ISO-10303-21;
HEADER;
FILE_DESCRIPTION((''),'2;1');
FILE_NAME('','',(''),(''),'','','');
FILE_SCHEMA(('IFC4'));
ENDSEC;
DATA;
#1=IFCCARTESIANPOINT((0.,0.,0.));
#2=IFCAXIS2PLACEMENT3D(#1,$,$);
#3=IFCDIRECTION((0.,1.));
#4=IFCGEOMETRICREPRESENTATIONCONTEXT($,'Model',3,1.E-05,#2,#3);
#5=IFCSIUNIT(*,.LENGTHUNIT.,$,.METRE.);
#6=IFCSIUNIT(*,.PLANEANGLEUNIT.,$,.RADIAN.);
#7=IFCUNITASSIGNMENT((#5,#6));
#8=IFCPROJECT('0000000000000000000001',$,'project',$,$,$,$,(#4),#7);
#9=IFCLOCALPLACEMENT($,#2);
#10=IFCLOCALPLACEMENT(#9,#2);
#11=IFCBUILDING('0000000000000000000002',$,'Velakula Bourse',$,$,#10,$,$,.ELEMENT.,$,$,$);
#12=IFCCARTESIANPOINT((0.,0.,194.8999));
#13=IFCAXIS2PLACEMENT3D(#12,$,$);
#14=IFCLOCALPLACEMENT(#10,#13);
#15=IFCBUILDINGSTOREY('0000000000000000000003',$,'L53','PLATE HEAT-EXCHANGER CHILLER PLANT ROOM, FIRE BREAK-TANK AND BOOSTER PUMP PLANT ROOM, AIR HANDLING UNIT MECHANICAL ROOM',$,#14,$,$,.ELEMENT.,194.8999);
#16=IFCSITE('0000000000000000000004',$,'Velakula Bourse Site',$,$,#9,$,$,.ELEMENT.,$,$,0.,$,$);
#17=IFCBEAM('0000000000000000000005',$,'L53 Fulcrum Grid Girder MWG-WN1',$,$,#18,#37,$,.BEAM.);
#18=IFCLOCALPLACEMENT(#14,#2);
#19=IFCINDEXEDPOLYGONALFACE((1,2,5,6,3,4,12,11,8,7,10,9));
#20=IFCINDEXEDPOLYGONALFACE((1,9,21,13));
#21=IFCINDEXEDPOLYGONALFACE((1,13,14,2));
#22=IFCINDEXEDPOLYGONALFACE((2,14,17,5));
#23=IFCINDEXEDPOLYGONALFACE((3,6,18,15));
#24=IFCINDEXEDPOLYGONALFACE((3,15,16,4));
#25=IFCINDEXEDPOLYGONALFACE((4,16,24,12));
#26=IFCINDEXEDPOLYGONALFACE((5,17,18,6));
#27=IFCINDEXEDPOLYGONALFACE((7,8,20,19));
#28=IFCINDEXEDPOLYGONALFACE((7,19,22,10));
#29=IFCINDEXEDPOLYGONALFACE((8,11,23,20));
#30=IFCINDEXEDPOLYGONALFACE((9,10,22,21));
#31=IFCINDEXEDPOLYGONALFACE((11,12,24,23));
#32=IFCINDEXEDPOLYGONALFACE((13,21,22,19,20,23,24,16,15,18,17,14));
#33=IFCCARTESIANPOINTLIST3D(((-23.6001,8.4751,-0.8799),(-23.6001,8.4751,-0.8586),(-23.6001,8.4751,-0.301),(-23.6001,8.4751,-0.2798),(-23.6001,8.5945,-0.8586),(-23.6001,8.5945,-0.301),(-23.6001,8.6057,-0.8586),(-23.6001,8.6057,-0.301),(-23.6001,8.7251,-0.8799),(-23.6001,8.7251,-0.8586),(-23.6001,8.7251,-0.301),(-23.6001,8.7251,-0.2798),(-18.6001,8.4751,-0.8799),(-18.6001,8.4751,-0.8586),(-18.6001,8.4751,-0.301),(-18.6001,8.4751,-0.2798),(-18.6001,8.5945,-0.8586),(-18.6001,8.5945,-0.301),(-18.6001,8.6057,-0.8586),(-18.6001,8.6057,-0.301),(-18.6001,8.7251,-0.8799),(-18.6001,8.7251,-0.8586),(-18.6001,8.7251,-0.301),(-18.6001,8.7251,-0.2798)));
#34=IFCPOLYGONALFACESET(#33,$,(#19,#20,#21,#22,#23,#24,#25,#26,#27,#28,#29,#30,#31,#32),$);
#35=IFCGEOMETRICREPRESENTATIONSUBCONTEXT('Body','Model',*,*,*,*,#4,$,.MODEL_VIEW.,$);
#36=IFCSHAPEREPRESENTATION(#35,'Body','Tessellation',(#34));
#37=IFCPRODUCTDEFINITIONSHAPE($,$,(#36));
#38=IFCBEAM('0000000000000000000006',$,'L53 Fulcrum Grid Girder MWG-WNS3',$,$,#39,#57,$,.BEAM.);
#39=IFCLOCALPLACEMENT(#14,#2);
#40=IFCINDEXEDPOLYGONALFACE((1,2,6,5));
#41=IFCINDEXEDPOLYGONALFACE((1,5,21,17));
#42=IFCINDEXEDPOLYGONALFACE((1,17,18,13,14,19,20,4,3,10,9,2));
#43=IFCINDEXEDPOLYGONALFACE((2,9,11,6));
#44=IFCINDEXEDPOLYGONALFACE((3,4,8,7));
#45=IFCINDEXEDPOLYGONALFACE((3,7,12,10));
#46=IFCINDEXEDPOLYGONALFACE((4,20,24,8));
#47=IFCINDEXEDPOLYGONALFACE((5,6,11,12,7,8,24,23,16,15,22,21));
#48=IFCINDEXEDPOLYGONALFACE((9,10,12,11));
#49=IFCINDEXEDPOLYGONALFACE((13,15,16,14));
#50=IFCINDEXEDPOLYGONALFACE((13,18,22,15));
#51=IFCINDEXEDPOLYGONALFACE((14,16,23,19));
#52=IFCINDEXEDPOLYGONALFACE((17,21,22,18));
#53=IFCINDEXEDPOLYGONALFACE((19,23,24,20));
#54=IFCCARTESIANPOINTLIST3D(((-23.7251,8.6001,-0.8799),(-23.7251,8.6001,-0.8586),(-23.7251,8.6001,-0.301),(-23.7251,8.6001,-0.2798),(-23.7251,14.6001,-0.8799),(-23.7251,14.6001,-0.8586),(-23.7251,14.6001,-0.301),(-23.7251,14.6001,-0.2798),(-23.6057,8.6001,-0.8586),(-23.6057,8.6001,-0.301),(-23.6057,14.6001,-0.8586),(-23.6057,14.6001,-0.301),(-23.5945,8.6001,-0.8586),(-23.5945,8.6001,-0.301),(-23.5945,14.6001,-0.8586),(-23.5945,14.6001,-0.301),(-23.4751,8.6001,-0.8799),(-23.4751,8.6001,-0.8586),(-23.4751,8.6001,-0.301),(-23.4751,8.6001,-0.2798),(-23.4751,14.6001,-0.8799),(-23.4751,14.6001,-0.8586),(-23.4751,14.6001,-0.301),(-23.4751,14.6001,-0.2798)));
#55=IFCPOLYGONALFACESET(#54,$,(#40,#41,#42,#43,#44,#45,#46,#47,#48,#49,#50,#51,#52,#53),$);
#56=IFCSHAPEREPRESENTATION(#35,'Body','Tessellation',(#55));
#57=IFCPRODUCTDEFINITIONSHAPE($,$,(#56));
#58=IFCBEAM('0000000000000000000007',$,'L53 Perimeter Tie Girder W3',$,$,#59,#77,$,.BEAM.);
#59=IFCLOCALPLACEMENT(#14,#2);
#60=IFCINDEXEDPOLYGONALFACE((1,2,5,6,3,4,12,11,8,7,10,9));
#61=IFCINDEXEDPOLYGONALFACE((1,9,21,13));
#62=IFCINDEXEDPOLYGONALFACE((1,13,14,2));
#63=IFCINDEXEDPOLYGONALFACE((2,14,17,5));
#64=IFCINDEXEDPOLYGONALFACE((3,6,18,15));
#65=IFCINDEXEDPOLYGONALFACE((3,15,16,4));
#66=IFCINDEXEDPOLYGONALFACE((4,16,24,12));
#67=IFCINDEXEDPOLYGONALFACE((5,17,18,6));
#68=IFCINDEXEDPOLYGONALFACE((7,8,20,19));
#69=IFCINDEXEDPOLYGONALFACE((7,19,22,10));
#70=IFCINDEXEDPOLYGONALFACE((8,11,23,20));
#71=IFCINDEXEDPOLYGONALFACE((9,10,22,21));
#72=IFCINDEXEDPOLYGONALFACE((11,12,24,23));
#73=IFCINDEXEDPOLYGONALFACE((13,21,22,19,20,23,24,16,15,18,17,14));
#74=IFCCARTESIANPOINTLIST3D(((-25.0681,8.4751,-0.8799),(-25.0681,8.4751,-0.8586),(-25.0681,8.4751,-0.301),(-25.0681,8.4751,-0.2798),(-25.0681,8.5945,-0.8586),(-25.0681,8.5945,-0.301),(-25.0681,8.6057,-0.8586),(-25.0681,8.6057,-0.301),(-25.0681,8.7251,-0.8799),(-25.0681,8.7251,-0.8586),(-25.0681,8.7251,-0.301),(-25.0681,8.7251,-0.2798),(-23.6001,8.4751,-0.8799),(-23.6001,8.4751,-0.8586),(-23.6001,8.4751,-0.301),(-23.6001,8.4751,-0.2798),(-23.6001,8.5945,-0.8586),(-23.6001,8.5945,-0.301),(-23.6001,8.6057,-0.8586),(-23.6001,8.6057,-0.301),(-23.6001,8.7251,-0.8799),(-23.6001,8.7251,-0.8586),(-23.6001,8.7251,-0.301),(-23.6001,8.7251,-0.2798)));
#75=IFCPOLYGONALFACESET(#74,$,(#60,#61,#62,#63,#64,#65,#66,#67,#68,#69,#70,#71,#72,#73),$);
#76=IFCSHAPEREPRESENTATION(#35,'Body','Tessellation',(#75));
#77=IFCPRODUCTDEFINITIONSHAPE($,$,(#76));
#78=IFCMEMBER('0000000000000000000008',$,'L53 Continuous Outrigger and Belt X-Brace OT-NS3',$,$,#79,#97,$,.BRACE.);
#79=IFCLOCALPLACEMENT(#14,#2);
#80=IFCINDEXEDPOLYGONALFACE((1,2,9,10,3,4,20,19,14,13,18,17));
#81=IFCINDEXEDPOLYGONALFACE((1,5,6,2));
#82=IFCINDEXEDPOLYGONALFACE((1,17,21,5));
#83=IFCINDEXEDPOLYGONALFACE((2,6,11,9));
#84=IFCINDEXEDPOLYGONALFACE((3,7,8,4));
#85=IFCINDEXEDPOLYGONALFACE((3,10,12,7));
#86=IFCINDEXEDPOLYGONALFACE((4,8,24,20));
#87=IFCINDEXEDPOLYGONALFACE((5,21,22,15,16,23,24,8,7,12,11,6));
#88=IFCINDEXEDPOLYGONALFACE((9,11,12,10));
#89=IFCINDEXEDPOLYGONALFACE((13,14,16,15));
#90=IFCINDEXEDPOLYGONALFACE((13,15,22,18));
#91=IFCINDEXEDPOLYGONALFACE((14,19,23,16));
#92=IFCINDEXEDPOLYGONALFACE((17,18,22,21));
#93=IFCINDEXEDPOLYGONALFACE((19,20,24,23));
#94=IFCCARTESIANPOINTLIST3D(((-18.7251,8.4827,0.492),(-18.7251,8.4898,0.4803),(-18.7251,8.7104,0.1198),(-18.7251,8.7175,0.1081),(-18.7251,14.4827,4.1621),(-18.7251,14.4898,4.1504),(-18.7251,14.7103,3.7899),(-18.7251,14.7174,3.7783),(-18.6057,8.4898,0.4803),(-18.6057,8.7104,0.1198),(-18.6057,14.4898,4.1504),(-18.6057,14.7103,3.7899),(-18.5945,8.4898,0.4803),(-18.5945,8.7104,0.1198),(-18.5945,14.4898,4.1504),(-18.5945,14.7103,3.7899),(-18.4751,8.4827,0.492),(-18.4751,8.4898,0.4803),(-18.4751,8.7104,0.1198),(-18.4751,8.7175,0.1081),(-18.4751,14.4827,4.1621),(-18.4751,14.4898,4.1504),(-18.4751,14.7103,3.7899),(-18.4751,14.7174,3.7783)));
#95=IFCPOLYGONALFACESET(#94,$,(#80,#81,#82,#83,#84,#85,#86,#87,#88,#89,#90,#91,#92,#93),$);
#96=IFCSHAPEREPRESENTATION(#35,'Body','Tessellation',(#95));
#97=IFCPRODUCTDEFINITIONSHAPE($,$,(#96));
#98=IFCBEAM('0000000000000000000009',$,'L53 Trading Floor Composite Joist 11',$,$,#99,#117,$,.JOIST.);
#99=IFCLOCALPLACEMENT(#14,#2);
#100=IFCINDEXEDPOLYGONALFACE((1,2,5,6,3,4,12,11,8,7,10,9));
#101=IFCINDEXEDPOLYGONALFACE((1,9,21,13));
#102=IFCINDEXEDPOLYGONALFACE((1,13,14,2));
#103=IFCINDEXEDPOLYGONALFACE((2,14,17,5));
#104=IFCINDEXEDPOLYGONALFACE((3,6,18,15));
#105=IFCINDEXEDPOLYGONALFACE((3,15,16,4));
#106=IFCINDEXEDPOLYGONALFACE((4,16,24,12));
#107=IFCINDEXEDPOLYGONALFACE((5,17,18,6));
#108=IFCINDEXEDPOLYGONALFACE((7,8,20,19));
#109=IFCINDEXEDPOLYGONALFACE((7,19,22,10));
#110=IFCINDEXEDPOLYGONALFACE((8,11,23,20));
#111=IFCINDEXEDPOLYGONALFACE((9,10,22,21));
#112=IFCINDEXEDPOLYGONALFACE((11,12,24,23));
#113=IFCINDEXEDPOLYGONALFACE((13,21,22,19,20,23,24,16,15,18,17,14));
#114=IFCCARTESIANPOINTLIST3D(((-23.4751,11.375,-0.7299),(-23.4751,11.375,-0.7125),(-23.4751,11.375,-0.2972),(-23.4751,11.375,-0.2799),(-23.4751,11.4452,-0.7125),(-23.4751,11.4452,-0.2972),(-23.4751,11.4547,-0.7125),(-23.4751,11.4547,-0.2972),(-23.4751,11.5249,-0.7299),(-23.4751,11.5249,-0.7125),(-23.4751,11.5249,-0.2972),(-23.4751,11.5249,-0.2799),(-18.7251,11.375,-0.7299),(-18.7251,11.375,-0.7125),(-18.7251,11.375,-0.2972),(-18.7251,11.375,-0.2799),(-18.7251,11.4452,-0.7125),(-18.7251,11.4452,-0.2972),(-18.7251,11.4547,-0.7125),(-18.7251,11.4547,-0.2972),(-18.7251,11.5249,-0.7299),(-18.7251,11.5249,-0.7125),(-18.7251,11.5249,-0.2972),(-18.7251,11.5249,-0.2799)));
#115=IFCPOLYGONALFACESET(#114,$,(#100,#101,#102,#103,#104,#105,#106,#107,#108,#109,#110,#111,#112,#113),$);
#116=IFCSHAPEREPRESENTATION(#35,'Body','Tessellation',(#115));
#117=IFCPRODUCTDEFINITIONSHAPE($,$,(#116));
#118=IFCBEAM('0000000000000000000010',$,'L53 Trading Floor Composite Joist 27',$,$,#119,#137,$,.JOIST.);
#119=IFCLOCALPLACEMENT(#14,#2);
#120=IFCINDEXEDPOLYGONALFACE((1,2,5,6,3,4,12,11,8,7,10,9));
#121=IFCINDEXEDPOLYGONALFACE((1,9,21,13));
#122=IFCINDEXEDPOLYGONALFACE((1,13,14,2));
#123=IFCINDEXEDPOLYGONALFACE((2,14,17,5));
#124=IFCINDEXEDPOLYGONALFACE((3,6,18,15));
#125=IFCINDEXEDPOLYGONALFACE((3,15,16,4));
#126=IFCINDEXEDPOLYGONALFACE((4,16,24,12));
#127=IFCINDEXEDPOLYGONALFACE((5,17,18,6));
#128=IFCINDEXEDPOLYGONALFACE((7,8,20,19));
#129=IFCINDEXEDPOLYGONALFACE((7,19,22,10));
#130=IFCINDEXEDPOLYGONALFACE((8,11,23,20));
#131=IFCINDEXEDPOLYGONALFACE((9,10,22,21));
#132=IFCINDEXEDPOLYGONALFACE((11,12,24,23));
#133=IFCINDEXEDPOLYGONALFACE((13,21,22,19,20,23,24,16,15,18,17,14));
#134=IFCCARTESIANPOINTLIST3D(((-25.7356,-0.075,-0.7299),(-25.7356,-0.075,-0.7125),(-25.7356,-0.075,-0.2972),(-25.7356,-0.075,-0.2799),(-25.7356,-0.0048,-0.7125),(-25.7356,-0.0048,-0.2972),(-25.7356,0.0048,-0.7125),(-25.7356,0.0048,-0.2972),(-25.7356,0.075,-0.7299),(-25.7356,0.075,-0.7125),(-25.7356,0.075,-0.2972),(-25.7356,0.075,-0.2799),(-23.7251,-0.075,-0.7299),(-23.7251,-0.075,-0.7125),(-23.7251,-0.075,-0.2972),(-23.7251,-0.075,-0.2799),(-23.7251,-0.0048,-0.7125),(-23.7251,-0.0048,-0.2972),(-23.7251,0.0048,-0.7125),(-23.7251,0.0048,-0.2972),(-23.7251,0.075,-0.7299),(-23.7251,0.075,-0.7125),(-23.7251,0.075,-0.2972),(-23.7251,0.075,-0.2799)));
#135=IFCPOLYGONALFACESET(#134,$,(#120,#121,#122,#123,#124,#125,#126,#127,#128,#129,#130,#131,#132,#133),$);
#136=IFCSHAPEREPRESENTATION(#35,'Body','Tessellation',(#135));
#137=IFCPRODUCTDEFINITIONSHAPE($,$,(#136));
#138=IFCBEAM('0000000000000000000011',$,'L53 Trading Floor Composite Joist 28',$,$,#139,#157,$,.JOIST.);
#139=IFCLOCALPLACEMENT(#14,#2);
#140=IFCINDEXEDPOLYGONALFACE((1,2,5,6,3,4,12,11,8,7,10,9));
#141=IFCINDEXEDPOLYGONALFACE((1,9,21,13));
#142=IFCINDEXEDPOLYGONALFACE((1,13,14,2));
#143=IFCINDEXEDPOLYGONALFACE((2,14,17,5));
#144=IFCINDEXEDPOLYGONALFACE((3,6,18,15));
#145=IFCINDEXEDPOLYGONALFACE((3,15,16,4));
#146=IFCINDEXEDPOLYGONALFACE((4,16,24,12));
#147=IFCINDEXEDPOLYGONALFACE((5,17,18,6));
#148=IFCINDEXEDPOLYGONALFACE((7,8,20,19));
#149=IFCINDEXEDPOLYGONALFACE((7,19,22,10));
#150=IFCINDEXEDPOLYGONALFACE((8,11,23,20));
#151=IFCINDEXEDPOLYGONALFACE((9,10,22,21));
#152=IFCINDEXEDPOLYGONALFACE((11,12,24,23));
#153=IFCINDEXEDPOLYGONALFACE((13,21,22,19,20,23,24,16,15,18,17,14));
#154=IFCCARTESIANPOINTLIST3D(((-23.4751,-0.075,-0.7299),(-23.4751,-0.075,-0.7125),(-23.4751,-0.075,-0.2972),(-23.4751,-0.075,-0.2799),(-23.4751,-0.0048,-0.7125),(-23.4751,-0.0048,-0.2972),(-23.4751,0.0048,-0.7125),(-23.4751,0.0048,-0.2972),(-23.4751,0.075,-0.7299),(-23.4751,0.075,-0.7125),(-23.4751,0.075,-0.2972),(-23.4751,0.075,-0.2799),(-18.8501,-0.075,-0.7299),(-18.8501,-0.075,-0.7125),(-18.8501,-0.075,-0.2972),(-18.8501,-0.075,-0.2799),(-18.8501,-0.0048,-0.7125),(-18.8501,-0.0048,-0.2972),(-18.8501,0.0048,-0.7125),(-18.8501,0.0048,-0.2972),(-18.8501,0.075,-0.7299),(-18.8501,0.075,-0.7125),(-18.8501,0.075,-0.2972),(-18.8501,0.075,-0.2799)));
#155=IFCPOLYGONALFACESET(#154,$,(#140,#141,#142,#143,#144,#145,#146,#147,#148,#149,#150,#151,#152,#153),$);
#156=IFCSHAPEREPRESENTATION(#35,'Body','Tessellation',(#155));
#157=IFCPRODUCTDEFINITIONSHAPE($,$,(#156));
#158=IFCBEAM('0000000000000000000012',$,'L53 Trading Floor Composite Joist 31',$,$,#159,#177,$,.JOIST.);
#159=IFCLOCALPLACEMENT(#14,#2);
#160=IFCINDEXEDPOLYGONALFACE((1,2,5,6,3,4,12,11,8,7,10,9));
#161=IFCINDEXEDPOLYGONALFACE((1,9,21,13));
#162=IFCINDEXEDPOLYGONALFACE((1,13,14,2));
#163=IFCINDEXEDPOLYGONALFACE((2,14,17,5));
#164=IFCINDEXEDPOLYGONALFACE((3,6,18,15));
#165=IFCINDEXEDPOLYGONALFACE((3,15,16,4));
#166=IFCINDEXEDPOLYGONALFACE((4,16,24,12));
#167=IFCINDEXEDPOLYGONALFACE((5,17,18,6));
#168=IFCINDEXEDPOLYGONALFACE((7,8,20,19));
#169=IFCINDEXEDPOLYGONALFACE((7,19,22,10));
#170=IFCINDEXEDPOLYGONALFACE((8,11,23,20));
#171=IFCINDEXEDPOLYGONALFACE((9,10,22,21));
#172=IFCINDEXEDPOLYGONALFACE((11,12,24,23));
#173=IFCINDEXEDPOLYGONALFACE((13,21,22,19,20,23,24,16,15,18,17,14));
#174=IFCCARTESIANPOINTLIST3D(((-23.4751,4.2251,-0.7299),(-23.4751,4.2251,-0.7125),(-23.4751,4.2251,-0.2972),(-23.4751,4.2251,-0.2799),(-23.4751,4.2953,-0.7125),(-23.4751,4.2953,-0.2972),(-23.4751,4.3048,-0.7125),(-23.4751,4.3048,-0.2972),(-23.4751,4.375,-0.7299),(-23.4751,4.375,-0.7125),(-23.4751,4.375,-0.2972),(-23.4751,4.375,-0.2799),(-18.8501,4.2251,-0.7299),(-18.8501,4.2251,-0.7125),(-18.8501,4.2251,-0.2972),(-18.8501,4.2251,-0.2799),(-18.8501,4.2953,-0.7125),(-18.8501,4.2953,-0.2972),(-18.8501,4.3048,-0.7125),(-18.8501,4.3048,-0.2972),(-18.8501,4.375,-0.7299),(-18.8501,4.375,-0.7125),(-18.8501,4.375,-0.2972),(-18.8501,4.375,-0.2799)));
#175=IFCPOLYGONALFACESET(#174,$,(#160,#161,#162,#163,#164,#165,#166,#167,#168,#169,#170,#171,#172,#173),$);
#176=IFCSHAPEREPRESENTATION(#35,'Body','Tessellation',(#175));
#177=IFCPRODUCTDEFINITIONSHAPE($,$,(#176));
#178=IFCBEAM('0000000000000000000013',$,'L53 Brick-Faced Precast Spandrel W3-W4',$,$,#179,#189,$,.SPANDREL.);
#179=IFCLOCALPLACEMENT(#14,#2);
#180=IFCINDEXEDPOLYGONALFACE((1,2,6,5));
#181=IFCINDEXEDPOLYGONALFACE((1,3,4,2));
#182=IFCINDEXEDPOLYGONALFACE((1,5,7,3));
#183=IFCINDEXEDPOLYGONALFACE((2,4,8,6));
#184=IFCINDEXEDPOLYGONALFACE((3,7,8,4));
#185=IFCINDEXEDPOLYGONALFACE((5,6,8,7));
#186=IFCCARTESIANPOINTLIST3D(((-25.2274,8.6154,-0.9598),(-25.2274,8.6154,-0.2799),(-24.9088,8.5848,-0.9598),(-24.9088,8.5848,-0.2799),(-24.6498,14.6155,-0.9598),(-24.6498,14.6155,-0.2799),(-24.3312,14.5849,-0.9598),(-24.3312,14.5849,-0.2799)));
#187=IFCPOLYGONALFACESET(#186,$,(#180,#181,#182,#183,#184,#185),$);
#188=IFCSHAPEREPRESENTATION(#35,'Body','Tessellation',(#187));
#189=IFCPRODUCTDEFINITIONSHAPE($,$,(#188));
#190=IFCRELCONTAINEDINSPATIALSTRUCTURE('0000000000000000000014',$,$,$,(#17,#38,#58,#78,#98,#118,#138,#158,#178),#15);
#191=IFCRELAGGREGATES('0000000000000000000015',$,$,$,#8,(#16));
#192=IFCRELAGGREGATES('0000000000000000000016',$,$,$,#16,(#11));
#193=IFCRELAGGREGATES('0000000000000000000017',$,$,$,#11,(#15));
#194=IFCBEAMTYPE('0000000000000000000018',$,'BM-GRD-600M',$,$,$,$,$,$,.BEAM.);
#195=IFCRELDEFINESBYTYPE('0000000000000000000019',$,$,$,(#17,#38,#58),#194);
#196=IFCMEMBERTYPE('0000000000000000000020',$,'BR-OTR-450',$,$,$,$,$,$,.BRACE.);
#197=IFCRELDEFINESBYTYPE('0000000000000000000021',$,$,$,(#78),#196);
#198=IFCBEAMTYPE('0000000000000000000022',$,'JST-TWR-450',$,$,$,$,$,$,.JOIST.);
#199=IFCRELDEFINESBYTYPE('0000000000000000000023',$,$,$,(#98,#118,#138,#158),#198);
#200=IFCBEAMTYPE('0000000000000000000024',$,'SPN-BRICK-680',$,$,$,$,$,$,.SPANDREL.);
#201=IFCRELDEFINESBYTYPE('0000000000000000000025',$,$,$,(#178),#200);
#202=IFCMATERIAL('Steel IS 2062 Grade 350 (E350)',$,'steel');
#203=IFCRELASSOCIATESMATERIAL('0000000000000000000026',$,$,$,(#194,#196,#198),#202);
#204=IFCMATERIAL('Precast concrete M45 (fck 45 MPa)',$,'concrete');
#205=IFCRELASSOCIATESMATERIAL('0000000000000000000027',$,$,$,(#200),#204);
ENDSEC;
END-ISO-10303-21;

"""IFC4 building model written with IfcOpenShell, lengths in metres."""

from ifc_helpers import new_model, si_unit, direction, frame, origin, origin_2d, place, context, subcontext, project, spatial, rectangle, i_section, extrude, material, material_profile, profile_set, type_object, element, save


model = new_model("IFC4")

# Units and contexts
model_context = context("Model", 3, precision=1e-05, world=origin(), true_north=direction((0.0, 1.0)))
body_context = subcontext(model_context, "Body", "Model", "MODEL_VIEW")
ifc_project = project(units=[si_unit("LENGTHUNIT", "METRE"), si_unit("PLANEANGLEUNIT", "RADIAN")], contexts=[model_context])

# Site, building, storey
site_placement = place(None, origin())
site = spatial("IfcSite", under=ifc_project, at=site_placement, Name="Velakula Bourse Site", CompositionType="ELEMENT", RefElevation=0.0)
building_placement = place(site_placement, origin())
building = spatial("IfcBuilding", under=site, at=building_placement, Name="Velakula Bourse", CompositionType="ELEMENT")
storey_placement = place(building_placement, frame((0.0, 0.0, 194.8999)))
storey = spatial("IfcBuildingStorey", under=building, at=storey_placement, Name="L53", Description="PLATE HEAT-EXCHANGER CHILLER PLANT ROOM, FIRE BREAK-TANK AND BOOSTER PUMP PLANT ROOM, AIR HANDLING UNIT MECHANICAL ROOM", CompositionType="ELEMENT", Elevation=194.8999)

# Shared definitions
ifc_material_1 = material(Name="Steel IS 2062 Grade 350 (E350)", Category="steel")

# Beams
ifc_material_profile_1 = material_profile(ifc_material_1, i_section(OverallWidth=0.25, OverallDepth=0.6001, WebThickness=0.0112, FlangeThickness=0.0212, at=origin_2d()), Name="Steel IS 2062 Grade 350 (E350)")
ifc_profile_set_1 = profile_set([ifc_material_profile_1], Name="Steel IS 2062 Grade 350 (E350)")
beam_type_1 = type_object("IfcBeamType", Name="BM-GRD-600M", PredefinedType="BEAM", material=ifc_profile_set_1)
beam_1_placement = place(storey_placement, frame((-23.6001, 8.6001, -0.5798), z_axis=(1.0, 0.0, 0.0), x_axis=(0.0, 1.0, 0.0)))
element("IfcBeam", 1, at=beam_1_placement, inside=storey, type_object=beam_type_1, Name="L53 Fulcrum Grid Girder MWG-WN1", PredefinedType="BEAM", context=body_context, shape_type="SweptSolid", body=[
    extrude(i_section(OverallWidth=0.25, OverallDepth=0.6001, WebThickness=0.0112, FlangeThickness=0.0212, at=origin_2d()), origin(), (0.0, 0.0, 1.0), 5.0),
])
beam_2_placement = place(storey_placement, frame((-23.6001, 8.6001, -0.5798), z_axis=(0.0, 1.0, 0.0), x_axis=(-1.0, 0.0, 0.0)))
element("IfcBeam", 2, at=beam_2_placement, inside=storey, type_object=beam_type_1, Name="L53 Fulcrum Grid Girder MWG-WNS3", PredefinedType="BEAM", context=body_context, shape_type="SweptSolid", body=[
    extrude(i_section(OverallWidth=0.25, OverallDepth=0.6001, WebThickness=0.0112, FlangeThickness=0.0212, at=origin_2d()), origin(), (0.0, 0.0, 1.0), 6.0),
])
beam_3_placement = place(storey_placement, frame((-23.6001, 8.6001, -0.5798), z_axis=(-1.0, 0.0, 0.0), x_axis=(0.0, -1.0, 0.0)))
element("IfcBeam", 3, at=beam_3_placement, inside=storey, type_object=beam_type_1, Name="L53 Perimeter Tie Girder W3", PredefinedType="BEAM", context=body_context, shape_type="SweptSolid", body=[
    extrude(i_section(OverallWidth=0.25, OverallDepth=0.6001, WebThickness=0.0112, FlangeThickness=0.0212, at=origin_2d()), origin(), (0.0, 0.0, 1.0), 1.468),
])

# Member
ifc_material_profile_2 = material_profile(ifc_material_1, i_section(OverallWidth=0.25, OverallDepth=0.45, WebThickness=0.0112, FlangeThickness=0.0137, at=origin_2d()), Name="Steel IS 2062 Grade 350 (E350)")
ifc_profile_set_2 = profile_set([ifc_material_profile_2], Name="Steel IS 2062 Grade 350 (E350)")
member_type = type_object("IfcMemberType", Name="BR-OTR-450", PredefinedType="BRACE", material=ifc_profile_set_2)
member_placement = place(storey_placement, frame((-18.6001, 8.6001, 0.3), z_axis=(0.0, 0.85306, 0.521812), x_axis=(-1.0, 0.0, 0.0)))
element("IfcMember", 4, at=member_placement, inside=storey, type_object=member_type, Name="L53 Continuous Outrigger and Belt X-Brace OT-NS3", PredefinedType="BRACE", context=body_context, shape_type="SweptSolid", body=[
    extrude(i_section(OverallWidth=0.25, OverallDepth=0.45, WebThickness=0.0112, FlangeThickness=0.0137, at=origin_2d()), origin(), (0.0, 0.0, 1.0), 7.0334),
])

# Beams
ifc_material_profile_3 = material_profile(ifc_material_1, i_section(OverallWidth=0.1499, OverallDepth=0.45, WebThickness=0.0095, FlangeThickness=0.0173, at=origin_2d()), Name="Steel IS 2062 Grade 350 (E350)")
ifc_profile_set_3 = profile_set([ifc_material_profile_3], Name="Steel IS 2062 Grade 350 (E350)")
beam_type_2 = type_object("IfcBeamType", Name="JST-TWR-450", PredefinedType="JOIST", material=ifc_profile_set_3)
beam_4_placement = place(storey_placement, frame((-23.4751, 11.45, -0.5049), z_axis=(1.0, 0.0, 0.0), x_axis=(0.0, 1.0, 0.0)))
element("IfcBeam", 5, at=beam_4_placement, inside=storey, type_object=beam_type_2, Name="L53 Trading Floor Composite Joist 11", PredefinedType="JOIST", context=body_context, shape_type="SweptSolid", body=[
    extrude(i_section(OverallWidth=0.1499, OverallDepth=0.45, WebThickness=0.0095, FlangeThickness=0.0173, at=origin_2d()), origin(), (0.0, 0.0, 1.0), 4.75),
])
beam_5_placement = place(storey_placement, frame((-25.7356, 0.0, -0.5049), z_axis=(1.0, 0.0, 0.0), x_axis=(0.0, 1.0, 0.0)))
element("IfcBeam", 6, at=beam_5_placement, inside=storey, type_object=beam_type_2, Name="L53 Trading Floor Composite Joist 27", PredefinedType="JOIST", context=body_context, shape_type="SweptSolid", body=[
    extrude(i_section(OverallWidth=0.1499, OverallDepth=0.45, WebThickness=0.0095, FlangeThickness=0.0173, at=origin_2d()), origin(), (0.0, 0.0, 1.0), 2.0105),
])
for number, where, z_axis, x_axis, name in (
    (7, (-23.4751, 0.0, -0.5049), (1.0, 0.0, 0.0), (0.0, 1.0, 0.0), "L53 Trading Floor Composite Joist 28"),
    (8, (-23.4751, 4.3, -0.5049), (1.0, 0.0, 0.0), (0.0, 1.0, 0.0), "L53 Trading Floor Composite Joist 31"),
):
    element("IfcBeam", number, at=place(storey_placement, frame(where, z_axis=z_axis, x_axis=x_axis)), inside=storey, type_object=beam_type_2, Name=name, PredefinedType="JOIST", context=body_context, shape_type="SweptSolid", body=[
        extrude(i_section(OverallWidth=0.1499, OverallDepth=0.45, WebThickness=0.0095, FlangeThickness=0.0173, at=origin_2d()), origin(), (0.0, 0.0, 1.0), 4.625),
    ])
ifc_material_2 = material(Name="Precast concrete M45 (fck 45 MPa)", Category="concrete")
ifc_material_profile_4 = material_profile(ifc_material_2, rectangle(XDim=0.3201, YDim=0.6799, at=origin_2d()), Name="Precast concrete M45 (fck 45 MPa)")
ifc_profile_set_4 = profile_set([ifc_material_profile_4], Name="Precast concrete M45 (fck 45 MPa)")
beam_type_3 = type_object("IfcBeamType", Name="SPN-BRICK-680", PredefinedType="SPANDREL", material=ifc_profile_set_4)
beam_6_placement = place(storey_placement, frame((-25.0681, 8.6001, -0.6199), z_axis=(0.09583, 0.995398, 0.0), x_axis=(-0.995398, 0.09583, 0.0)))
element("IfcBeam", 9, at=beam_6_placement, inside=storey, type_object=beam_type_3, Name="L53 Brick-Faced Precast Spandrel W3-W4", PredefinedType="SPANDREL", context=body_context, shape_type="SweptSolid", body=[
    extrude(rectangle(XDim=0.3201, YDim=0.6799, at=origin_2d()), origin(), (0.0, 0.0, 1.0), 6.0278),
])

save(model, "model.ifc")
